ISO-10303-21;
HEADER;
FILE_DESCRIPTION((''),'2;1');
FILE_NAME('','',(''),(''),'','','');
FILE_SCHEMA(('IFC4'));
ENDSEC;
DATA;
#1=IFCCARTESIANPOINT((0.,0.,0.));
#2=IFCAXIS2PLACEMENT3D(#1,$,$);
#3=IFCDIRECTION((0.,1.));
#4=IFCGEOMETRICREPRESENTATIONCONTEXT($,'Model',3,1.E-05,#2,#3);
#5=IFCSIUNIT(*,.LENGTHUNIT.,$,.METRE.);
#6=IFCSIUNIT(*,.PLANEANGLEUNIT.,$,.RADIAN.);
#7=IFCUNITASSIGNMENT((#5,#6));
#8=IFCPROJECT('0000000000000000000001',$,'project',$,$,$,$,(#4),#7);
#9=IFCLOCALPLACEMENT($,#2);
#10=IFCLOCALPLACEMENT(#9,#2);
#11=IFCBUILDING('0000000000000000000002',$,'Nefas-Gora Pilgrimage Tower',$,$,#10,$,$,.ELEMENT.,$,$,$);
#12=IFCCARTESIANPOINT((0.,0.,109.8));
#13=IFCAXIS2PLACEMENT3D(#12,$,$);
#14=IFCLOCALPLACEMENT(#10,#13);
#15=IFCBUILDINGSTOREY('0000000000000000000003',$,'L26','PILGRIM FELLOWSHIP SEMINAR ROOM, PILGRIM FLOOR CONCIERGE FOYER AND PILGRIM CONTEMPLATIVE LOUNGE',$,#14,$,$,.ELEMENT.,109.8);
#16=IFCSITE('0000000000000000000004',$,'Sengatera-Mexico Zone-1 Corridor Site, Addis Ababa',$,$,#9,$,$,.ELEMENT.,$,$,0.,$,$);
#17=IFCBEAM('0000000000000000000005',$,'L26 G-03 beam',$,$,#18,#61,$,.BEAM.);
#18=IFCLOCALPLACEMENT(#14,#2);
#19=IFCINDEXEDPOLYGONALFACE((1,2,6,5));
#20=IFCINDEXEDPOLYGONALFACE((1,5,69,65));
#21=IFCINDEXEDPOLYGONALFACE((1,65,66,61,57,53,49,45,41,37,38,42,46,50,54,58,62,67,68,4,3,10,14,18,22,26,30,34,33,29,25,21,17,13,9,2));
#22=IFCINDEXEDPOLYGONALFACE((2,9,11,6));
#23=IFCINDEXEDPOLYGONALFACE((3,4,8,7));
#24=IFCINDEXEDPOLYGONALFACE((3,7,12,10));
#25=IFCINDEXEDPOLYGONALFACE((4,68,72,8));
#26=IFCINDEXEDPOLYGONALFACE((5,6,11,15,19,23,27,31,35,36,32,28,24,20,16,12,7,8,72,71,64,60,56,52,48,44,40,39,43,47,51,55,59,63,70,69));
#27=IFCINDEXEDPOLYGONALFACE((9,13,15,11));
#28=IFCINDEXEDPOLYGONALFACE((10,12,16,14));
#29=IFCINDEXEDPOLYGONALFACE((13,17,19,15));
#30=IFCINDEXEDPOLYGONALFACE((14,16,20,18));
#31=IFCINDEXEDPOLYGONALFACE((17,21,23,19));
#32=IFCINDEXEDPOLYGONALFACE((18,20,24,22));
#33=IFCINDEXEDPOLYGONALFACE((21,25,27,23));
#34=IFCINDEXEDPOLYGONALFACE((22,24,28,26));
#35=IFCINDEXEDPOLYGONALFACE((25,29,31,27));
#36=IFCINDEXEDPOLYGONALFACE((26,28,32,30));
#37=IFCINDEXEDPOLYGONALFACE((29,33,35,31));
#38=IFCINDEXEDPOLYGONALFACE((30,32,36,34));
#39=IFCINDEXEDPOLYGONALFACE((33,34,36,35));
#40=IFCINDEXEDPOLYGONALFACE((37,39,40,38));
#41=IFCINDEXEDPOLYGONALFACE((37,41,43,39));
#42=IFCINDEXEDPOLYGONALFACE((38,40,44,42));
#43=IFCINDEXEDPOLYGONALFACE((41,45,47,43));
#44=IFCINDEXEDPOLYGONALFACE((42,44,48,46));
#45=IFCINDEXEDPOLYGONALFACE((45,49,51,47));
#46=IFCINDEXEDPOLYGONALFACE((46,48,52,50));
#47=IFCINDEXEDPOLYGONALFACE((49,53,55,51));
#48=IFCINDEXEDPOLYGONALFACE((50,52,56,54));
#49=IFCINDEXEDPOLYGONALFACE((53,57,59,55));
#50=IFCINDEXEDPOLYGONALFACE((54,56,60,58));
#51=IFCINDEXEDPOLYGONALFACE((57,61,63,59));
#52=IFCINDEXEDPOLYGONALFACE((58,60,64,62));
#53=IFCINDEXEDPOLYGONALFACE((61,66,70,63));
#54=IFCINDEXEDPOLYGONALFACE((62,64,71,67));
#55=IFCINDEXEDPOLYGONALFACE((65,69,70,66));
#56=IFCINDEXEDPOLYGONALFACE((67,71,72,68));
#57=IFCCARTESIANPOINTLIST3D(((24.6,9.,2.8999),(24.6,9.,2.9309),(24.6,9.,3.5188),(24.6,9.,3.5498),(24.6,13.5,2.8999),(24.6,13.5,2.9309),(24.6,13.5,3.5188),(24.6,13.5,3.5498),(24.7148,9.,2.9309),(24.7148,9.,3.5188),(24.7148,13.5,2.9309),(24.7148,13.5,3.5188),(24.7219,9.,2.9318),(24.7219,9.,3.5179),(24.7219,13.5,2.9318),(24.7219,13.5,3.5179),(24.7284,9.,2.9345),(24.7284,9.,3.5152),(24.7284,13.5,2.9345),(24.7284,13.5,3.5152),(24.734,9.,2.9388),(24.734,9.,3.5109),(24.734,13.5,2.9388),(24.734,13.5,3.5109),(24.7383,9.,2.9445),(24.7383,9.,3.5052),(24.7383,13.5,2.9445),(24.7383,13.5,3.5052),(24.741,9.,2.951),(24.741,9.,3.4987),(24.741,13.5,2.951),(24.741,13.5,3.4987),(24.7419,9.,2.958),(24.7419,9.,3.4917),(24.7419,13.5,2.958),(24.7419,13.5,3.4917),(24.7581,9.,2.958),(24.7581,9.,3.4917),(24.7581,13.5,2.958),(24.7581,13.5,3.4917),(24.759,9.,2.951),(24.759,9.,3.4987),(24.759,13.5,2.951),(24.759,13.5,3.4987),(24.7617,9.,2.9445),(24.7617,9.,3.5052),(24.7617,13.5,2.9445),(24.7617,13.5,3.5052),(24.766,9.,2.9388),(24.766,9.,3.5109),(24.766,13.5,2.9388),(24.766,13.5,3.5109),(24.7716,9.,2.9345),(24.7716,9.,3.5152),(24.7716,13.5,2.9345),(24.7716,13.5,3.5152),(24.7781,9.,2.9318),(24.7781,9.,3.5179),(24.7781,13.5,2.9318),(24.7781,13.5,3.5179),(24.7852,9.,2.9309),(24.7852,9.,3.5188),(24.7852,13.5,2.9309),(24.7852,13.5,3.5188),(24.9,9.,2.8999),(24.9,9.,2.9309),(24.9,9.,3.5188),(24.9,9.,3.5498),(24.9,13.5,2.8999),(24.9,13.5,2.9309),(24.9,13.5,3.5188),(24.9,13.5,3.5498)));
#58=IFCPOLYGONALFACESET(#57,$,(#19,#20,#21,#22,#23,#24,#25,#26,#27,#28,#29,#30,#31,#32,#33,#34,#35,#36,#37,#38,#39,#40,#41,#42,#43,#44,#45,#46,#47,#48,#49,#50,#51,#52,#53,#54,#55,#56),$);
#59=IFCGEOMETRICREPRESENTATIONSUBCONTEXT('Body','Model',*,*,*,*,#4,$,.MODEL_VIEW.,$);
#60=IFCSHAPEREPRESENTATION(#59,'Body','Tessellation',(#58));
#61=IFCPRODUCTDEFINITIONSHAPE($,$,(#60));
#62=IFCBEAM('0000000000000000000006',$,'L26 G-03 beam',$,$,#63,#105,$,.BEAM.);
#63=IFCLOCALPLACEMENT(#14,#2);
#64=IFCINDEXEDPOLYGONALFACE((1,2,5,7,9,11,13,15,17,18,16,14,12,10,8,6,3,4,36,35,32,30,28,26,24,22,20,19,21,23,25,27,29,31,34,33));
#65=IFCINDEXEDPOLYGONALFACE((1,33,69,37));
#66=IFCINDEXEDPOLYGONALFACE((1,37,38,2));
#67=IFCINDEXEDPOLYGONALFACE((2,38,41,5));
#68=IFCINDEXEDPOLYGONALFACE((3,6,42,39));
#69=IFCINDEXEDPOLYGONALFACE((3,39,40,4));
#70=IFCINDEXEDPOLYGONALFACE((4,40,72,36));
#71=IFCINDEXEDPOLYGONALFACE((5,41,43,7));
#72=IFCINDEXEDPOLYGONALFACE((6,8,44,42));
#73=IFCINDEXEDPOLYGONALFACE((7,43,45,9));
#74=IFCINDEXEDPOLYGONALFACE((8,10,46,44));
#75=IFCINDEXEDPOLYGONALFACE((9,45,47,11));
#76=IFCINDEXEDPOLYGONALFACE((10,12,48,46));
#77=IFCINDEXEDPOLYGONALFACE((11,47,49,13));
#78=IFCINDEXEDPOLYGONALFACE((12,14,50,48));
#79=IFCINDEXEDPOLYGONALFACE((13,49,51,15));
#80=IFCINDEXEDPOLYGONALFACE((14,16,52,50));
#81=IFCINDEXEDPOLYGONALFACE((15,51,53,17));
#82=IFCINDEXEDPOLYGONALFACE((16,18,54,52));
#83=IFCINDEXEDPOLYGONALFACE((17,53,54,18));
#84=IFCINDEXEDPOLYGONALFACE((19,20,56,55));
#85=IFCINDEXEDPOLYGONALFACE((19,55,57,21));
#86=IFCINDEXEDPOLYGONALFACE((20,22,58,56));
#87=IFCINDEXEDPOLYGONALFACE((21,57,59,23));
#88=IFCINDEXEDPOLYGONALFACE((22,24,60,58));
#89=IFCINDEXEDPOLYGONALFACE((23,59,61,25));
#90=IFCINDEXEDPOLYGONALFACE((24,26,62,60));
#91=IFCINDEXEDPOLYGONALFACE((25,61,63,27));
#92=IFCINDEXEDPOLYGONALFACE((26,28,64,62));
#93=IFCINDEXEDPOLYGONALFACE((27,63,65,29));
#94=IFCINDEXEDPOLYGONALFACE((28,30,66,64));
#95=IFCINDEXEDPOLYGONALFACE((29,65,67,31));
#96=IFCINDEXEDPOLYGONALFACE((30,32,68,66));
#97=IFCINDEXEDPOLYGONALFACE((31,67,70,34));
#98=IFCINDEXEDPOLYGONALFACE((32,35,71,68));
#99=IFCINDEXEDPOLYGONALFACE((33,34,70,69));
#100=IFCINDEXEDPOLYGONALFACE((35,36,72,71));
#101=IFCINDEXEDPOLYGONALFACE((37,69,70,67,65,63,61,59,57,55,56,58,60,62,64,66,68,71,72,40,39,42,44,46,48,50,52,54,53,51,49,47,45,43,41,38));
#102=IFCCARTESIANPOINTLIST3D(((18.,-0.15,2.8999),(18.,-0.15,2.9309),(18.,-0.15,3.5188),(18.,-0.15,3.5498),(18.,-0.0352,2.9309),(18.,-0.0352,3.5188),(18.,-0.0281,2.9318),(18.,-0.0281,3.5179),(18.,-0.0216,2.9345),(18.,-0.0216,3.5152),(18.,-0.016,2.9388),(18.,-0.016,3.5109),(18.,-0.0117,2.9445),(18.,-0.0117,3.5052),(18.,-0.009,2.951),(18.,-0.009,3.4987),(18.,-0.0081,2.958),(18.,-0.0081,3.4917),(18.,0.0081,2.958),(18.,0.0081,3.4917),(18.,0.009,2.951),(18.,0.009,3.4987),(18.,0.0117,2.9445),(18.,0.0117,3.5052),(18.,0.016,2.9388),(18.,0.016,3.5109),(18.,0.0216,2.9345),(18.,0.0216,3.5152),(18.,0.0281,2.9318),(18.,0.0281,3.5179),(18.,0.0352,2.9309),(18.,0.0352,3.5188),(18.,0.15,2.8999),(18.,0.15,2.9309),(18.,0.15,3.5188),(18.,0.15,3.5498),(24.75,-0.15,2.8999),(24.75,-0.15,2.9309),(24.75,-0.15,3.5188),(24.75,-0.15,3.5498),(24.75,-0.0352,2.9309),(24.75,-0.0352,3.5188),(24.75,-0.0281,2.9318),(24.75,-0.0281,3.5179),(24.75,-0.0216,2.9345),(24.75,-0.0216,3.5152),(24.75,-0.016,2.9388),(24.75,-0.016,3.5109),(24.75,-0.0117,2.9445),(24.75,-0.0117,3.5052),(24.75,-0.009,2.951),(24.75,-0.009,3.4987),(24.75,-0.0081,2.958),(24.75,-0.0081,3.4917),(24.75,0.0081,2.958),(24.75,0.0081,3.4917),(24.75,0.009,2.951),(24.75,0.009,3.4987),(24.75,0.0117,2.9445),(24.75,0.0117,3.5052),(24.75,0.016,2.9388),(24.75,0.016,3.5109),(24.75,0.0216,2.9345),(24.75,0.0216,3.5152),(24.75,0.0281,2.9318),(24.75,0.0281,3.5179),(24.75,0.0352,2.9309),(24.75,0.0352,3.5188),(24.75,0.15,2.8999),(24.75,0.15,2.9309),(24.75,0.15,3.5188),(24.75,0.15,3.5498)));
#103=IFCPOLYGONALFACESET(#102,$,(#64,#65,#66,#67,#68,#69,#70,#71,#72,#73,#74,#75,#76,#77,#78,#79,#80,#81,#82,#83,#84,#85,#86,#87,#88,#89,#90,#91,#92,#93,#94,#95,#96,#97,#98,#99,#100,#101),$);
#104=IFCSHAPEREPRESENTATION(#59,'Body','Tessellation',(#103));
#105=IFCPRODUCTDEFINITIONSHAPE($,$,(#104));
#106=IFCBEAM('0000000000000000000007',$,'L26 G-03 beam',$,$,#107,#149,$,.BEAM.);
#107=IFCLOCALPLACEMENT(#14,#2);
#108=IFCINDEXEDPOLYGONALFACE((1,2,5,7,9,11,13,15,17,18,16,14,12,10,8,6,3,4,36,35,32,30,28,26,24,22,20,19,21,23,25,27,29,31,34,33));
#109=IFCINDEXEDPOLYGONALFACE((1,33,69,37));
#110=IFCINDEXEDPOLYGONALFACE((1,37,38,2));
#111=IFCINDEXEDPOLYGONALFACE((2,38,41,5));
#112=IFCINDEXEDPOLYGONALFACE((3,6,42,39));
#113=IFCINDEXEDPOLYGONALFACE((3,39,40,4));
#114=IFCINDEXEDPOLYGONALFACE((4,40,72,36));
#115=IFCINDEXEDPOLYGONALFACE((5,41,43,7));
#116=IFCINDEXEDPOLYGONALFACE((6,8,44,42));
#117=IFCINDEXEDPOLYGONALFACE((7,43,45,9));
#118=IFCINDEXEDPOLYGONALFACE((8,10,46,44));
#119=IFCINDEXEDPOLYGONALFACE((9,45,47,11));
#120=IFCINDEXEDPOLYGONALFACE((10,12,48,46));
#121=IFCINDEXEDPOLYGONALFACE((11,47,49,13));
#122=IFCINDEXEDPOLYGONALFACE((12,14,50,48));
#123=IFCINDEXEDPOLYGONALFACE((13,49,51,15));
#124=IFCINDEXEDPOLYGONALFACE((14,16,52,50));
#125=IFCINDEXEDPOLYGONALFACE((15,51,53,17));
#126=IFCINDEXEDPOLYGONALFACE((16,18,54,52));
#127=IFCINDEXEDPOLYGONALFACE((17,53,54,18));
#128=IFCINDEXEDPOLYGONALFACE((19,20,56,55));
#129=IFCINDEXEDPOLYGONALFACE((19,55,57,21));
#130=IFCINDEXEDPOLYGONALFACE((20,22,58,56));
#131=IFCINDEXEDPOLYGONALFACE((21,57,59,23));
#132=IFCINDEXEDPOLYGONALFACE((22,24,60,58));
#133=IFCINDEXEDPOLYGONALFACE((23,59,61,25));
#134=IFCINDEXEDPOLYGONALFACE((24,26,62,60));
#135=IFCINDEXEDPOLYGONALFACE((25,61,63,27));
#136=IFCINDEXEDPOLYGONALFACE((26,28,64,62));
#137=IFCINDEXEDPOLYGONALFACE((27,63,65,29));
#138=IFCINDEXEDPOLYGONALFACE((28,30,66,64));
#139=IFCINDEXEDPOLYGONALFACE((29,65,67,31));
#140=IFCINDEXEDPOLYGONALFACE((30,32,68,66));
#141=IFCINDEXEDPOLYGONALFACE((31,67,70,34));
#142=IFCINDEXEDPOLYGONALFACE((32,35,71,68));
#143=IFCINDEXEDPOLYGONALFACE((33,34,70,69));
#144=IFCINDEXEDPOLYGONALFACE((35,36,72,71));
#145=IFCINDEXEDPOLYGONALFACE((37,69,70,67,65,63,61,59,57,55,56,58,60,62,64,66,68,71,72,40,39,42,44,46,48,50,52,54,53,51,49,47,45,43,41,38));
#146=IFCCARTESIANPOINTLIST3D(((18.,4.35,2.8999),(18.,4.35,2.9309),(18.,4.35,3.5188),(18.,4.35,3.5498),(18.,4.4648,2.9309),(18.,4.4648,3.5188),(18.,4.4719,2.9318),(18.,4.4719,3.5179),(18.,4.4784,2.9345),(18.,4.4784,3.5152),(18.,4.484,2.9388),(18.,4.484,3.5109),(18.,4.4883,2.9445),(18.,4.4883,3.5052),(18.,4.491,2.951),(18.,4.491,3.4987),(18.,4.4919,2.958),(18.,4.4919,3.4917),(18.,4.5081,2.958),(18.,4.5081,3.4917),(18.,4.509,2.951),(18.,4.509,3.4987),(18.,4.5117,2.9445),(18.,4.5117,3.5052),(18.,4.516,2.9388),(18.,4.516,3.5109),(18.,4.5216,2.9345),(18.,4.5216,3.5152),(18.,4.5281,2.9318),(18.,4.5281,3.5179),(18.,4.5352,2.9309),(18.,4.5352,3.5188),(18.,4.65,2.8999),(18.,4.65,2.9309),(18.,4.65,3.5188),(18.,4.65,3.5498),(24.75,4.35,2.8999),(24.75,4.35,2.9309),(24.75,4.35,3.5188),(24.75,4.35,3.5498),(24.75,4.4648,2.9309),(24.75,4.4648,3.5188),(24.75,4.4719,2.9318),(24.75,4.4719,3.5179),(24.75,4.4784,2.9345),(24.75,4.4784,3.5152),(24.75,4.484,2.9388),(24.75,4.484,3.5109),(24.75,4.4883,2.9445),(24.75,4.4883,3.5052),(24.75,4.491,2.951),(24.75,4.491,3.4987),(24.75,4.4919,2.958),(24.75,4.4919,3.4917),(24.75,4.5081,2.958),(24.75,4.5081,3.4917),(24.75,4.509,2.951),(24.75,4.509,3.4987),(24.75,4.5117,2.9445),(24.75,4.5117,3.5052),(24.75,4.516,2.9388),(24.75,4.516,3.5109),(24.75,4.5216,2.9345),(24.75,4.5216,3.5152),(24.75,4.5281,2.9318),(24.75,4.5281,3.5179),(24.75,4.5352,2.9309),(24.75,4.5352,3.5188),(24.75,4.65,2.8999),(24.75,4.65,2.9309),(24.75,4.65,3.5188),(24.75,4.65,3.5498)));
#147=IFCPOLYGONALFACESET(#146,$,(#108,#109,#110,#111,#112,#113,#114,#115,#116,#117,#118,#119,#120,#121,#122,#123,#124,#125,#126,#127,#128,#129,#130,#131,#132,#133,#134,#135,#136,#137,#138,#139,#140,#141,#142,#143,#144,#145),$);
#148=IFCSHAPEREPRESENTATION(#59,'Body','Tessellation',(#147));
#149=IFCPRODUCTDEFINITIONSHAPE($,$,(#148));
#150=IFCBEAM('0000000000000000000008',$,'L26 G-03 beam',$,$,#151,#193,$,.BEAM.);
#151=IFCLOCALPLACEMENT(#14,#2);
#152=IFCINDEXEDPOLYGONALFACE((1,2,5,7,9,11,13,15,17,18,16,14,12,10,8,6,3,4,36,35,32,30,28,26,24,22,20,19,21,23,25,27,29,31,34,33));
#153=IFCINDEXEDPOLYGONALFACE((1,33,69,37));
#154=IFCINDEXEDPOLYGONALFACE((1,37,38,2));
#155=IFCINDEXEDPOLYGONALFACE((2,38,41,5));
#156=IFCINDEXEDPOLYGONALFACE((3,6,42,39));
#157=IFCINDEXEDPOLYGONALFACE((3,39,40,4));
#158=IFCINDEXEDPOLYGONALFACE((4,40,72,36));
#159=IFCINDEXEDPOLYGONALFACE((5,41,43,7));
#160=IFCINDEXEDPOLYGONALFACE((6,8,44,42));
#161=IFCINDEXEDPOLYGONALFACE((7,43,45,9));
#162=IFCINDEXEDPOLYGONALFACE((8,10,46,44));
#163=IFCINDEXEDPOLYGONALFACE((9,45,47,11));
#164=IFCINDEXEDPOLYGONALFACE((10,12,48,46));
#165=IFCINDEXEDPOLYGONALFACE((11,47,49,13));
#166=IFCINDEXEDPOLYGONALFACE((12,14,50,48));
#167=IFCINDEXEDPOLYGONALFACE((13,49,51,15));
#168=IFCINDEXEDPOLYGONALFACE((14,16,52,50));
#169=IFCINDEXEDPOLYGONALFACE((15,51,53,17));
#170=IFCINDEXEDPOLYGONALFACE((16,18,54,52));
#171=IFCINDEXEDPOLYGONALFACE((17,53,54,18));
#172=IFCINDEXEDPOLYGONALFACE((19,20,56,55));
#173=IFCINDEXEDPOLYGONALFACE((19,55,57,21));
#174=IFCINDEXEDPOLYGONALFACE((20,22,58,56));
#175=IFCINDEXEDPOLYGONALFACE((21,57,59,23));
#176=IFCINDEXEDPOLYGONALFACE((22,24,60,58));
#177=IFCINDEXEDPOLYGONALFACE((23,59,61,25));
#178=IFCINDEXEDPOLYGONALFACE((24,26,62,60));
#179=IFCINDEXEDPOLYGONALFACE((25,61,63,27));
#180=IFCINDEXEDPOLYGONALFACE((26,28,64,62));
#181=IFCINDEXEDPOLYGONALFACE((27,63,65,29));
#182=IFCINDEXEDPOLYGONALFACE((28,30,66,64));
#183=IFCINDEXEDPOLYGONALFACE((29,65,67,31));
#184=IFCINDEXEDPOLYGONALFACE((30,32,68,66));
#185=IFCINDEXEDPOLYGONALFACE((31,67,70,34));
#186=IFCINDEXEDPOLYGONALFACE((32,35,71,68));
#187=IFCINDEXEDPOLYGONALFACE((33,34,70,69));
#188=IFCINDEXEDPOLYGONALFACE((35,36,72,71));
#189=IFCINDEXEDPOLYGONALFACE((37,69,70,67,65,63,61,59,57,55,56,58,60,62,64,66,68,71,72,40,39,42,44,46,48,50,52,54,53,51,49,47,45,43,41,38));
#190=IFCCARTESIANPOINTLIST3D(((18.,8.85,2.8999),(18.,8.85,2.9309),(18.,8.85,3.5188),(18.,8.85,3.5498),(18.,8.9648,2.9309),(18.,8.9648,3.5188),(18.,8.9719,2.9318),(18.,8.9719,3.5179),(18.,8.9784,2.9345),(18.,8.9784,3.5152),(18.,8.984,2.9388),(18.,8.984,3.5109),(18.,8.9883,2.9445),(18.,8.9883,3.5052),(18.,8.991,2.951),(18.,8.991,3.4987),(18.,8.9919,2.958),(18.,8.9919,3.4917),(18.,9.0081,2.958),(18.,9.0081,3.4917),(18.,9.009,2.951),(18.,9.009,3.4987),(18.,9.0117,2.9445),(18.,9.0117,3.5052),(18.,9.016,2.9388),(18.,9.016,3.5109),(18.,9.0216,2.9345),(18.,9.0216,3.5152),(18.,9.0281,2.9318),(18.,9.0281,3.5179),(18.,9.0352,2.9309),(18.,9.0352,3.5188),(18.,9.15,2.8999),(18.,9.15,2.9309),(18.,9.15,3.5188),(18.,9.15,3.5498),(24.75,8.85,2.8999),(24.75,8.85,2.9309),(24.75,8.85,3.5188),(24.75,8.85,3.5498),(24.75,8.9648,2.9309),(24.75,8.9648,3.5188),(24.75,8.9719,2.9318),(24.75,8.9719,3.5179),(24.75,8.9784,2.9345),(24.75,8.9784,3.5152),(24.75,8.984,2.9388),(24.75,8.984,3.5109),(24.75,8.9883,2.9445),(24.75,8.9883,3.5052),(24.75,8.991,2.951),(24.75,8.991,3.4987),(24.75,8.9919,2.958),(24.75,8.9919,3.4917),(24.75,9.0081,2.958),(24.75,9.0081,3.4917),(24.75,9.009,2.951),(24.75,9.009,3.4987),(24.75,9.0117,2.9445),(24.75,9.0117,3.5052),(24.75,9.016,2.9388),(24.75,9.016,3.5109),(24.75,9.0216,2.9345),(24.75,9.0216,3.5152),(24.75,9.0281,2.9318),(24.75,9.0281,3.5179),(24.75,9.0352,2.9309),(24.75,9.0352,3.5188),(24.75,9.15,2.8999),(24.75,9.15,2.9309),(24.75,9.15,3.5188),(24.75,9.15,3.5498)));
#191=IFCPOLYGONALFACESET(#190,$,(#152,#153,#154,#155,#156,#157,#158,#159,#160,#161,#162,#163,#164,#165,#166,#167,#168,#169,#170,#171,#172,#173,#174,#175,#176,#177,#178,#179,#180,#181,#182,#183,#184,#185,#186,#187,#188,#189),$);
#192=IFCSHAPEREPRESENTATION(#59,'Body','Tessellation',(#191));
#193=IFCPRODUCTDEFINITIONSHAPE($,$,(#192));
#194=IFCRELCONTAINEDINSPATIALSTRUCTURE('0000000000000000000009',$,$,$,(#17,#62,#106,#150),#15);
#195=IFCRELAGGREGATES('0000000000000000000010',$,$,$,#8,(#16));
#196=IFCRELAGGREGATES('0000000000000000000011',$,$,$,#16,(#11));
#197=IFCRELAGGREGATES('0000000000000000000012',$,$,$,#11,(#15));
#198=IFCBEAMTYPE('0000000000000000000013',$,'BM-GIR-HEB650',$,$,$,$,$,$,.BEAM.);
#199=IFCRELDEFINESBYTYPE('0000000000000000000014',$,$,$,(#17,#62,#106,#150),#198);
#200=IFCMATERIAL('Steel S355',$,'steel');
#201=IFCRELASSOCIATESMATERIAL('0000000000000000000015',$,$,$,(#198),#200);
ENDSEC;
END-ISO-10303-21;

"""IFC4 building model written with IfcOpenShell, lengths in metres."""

from ifc_helpers import new_model, si_unit, direction, frame, origin, origin_2d, place, context, subcontext, project, spatial, i_section, extrude, source, transform, mapped, material, material_profile, profile_set, type_object, element, save


model = new_model("IFC4")

# Units and contexts
model_context = context("Model", 3, precision=1e-05, world=origin(), true_north=direction((0.0, 1.0)))
body_context = subcontext(model_context, "Body", "Model", "MODEL_VIEW")
ifc_project = project(units=[si_unit("LENGTHUNIT", "METRE"), si_unit("PLANEANGLEUNIT", "RADIAN")], contexts=[model_context])

# Site, building, storey
site_placement = place(None, origin())
site = spatial("IfcSite", under=ifc_project, at=site_placement, Name="Sengatera-Mexico Zone-1 Corridor Site, Addis Ababa", CompositionType="ELEMENT", RefElevation=0.0)
building_placement = place(site_placement, origin())
building = spatial("IfcBuilding", under=site, at=building_placement, Name="Nefas-Gora Pilgrimage Tower", CompositionType="ELEMENT")
storey_placement = place(building_placement, frame((0.0, 0.0, 109.8)))
storey = spatial("IfcBuildingStorey", under=building, at=storey_placement, Name="L26", Description="PILGRIM FELLOWSHIP SEMINAR ROOM, PILGRIM FLOOR CONCIERGE FOYER AND PILGRIM CONTEMPLATIVE LOUNGE", CompositionType="ELEMENT", Elevation=109.8)

# Beams
ifc_material_1 = material(Name="Steel S355", Category="steel")
ifc_material_profile_1 = material_profile(ifc_material_1, i_section(OverallWidth=0.3, OverallDepth=0.6499, WebThickness=0.0161, FlangeThickness=0.031, FilletRadius=0.0271, at=origin_2d()), Name="HEB 650")
ifc_profile_set_1 = profile_set([ifc_material_profile_1], Name="Steel S355")
beam_type_1 = type_object("IfcBeamType", Name="BM-GIR-HEB650", PredefinedType="BEAM", material=ifc_profile_set_1)
shared_shape_1 = source(origin(), body_context, "Body", "SweptSolid", [
    extrude(i_section(OverallWidth=0.3, OverallDepth=0.6499, WebThickness=0.0161, FlangeThickness=0.031, FilletRadius=0.0271, at=origin_2d()), origin(), (0.0, 0.0, 1.0), 4.5),
])
for number, where, z_axis, x_axis, name in (
    (1, (24.75, 9.0, 3.2249), (0.0, 1.0, 0.0), (-1.0, 0.0, 0.0), "L26 G-03 beam"),
):
    element("IfcBeam", number, at=place(storey_placement, frame(where, z_axis=z_axis, x_axis=x_axis)), inside=storey, type_object=beam_type_1, Name=name, PredefinedType="BEAM", context=body_context, shape_type="MappedRepresentation", body=[
        mapped(shared_shape_1, transform((0.0, 0.0, 0.0), x_axis=(1.0, 0.0, 0.0), y_axis=(0.0, 1.0, 0.0), z_axis=(0.0, 0.0, 1.0), scale=1.0)),
    ])
shared_shape_2 = source(origin(), body_context, "Body", "SweptSolid", [
    extrude(i_section(OverallWidth=0.3, OverallDepth=0.6499, WebThickness=0.0161, FlangeThickness=0.031, FilletRadius=0.0271, at=origin_2d()), origin(), (0.0, 0.0, 1.0), 6.75),
])
for number, where, z_axis, x_axis, name in (
    (2, (18.0, 0.0, 3.2249), (1.0, 0.0, 0.0), (0.0, 1.0, 0.0), "L26 G-03 beam"),
    (3, (18.0, 4.5, 3.2249), (1.0, 0.0, 0.0), (0.0, 1.0, 0.0), "L26 G-03 beam"),
    (4, (18.0, 9.0, 3.2249), (1.0, 0.0, 0.0), (0.0, 1.0, 0.0), "L26 G-03 beam"),
):
    element("IfcBeam", number, at=place(storey_placement, frame(where, z_axis=z_axis, x_axis=x_axis)), inside=storey, type_object=beam_type_1, Name=name, PredefinedType="BEAM", context=body_context, shape_type="MappedRepresentation", body=[
        mapped(shared_shape_2, transform((0.0, 0.0, 0.0), x_axis=(1.0, 0.0, 0.0), y_axis=(0.0, 1.0, 0.0), z_axis=(0.0, 0.0, 1.0), scale=1.0)),
    ])

save(model, "model.ifc")
